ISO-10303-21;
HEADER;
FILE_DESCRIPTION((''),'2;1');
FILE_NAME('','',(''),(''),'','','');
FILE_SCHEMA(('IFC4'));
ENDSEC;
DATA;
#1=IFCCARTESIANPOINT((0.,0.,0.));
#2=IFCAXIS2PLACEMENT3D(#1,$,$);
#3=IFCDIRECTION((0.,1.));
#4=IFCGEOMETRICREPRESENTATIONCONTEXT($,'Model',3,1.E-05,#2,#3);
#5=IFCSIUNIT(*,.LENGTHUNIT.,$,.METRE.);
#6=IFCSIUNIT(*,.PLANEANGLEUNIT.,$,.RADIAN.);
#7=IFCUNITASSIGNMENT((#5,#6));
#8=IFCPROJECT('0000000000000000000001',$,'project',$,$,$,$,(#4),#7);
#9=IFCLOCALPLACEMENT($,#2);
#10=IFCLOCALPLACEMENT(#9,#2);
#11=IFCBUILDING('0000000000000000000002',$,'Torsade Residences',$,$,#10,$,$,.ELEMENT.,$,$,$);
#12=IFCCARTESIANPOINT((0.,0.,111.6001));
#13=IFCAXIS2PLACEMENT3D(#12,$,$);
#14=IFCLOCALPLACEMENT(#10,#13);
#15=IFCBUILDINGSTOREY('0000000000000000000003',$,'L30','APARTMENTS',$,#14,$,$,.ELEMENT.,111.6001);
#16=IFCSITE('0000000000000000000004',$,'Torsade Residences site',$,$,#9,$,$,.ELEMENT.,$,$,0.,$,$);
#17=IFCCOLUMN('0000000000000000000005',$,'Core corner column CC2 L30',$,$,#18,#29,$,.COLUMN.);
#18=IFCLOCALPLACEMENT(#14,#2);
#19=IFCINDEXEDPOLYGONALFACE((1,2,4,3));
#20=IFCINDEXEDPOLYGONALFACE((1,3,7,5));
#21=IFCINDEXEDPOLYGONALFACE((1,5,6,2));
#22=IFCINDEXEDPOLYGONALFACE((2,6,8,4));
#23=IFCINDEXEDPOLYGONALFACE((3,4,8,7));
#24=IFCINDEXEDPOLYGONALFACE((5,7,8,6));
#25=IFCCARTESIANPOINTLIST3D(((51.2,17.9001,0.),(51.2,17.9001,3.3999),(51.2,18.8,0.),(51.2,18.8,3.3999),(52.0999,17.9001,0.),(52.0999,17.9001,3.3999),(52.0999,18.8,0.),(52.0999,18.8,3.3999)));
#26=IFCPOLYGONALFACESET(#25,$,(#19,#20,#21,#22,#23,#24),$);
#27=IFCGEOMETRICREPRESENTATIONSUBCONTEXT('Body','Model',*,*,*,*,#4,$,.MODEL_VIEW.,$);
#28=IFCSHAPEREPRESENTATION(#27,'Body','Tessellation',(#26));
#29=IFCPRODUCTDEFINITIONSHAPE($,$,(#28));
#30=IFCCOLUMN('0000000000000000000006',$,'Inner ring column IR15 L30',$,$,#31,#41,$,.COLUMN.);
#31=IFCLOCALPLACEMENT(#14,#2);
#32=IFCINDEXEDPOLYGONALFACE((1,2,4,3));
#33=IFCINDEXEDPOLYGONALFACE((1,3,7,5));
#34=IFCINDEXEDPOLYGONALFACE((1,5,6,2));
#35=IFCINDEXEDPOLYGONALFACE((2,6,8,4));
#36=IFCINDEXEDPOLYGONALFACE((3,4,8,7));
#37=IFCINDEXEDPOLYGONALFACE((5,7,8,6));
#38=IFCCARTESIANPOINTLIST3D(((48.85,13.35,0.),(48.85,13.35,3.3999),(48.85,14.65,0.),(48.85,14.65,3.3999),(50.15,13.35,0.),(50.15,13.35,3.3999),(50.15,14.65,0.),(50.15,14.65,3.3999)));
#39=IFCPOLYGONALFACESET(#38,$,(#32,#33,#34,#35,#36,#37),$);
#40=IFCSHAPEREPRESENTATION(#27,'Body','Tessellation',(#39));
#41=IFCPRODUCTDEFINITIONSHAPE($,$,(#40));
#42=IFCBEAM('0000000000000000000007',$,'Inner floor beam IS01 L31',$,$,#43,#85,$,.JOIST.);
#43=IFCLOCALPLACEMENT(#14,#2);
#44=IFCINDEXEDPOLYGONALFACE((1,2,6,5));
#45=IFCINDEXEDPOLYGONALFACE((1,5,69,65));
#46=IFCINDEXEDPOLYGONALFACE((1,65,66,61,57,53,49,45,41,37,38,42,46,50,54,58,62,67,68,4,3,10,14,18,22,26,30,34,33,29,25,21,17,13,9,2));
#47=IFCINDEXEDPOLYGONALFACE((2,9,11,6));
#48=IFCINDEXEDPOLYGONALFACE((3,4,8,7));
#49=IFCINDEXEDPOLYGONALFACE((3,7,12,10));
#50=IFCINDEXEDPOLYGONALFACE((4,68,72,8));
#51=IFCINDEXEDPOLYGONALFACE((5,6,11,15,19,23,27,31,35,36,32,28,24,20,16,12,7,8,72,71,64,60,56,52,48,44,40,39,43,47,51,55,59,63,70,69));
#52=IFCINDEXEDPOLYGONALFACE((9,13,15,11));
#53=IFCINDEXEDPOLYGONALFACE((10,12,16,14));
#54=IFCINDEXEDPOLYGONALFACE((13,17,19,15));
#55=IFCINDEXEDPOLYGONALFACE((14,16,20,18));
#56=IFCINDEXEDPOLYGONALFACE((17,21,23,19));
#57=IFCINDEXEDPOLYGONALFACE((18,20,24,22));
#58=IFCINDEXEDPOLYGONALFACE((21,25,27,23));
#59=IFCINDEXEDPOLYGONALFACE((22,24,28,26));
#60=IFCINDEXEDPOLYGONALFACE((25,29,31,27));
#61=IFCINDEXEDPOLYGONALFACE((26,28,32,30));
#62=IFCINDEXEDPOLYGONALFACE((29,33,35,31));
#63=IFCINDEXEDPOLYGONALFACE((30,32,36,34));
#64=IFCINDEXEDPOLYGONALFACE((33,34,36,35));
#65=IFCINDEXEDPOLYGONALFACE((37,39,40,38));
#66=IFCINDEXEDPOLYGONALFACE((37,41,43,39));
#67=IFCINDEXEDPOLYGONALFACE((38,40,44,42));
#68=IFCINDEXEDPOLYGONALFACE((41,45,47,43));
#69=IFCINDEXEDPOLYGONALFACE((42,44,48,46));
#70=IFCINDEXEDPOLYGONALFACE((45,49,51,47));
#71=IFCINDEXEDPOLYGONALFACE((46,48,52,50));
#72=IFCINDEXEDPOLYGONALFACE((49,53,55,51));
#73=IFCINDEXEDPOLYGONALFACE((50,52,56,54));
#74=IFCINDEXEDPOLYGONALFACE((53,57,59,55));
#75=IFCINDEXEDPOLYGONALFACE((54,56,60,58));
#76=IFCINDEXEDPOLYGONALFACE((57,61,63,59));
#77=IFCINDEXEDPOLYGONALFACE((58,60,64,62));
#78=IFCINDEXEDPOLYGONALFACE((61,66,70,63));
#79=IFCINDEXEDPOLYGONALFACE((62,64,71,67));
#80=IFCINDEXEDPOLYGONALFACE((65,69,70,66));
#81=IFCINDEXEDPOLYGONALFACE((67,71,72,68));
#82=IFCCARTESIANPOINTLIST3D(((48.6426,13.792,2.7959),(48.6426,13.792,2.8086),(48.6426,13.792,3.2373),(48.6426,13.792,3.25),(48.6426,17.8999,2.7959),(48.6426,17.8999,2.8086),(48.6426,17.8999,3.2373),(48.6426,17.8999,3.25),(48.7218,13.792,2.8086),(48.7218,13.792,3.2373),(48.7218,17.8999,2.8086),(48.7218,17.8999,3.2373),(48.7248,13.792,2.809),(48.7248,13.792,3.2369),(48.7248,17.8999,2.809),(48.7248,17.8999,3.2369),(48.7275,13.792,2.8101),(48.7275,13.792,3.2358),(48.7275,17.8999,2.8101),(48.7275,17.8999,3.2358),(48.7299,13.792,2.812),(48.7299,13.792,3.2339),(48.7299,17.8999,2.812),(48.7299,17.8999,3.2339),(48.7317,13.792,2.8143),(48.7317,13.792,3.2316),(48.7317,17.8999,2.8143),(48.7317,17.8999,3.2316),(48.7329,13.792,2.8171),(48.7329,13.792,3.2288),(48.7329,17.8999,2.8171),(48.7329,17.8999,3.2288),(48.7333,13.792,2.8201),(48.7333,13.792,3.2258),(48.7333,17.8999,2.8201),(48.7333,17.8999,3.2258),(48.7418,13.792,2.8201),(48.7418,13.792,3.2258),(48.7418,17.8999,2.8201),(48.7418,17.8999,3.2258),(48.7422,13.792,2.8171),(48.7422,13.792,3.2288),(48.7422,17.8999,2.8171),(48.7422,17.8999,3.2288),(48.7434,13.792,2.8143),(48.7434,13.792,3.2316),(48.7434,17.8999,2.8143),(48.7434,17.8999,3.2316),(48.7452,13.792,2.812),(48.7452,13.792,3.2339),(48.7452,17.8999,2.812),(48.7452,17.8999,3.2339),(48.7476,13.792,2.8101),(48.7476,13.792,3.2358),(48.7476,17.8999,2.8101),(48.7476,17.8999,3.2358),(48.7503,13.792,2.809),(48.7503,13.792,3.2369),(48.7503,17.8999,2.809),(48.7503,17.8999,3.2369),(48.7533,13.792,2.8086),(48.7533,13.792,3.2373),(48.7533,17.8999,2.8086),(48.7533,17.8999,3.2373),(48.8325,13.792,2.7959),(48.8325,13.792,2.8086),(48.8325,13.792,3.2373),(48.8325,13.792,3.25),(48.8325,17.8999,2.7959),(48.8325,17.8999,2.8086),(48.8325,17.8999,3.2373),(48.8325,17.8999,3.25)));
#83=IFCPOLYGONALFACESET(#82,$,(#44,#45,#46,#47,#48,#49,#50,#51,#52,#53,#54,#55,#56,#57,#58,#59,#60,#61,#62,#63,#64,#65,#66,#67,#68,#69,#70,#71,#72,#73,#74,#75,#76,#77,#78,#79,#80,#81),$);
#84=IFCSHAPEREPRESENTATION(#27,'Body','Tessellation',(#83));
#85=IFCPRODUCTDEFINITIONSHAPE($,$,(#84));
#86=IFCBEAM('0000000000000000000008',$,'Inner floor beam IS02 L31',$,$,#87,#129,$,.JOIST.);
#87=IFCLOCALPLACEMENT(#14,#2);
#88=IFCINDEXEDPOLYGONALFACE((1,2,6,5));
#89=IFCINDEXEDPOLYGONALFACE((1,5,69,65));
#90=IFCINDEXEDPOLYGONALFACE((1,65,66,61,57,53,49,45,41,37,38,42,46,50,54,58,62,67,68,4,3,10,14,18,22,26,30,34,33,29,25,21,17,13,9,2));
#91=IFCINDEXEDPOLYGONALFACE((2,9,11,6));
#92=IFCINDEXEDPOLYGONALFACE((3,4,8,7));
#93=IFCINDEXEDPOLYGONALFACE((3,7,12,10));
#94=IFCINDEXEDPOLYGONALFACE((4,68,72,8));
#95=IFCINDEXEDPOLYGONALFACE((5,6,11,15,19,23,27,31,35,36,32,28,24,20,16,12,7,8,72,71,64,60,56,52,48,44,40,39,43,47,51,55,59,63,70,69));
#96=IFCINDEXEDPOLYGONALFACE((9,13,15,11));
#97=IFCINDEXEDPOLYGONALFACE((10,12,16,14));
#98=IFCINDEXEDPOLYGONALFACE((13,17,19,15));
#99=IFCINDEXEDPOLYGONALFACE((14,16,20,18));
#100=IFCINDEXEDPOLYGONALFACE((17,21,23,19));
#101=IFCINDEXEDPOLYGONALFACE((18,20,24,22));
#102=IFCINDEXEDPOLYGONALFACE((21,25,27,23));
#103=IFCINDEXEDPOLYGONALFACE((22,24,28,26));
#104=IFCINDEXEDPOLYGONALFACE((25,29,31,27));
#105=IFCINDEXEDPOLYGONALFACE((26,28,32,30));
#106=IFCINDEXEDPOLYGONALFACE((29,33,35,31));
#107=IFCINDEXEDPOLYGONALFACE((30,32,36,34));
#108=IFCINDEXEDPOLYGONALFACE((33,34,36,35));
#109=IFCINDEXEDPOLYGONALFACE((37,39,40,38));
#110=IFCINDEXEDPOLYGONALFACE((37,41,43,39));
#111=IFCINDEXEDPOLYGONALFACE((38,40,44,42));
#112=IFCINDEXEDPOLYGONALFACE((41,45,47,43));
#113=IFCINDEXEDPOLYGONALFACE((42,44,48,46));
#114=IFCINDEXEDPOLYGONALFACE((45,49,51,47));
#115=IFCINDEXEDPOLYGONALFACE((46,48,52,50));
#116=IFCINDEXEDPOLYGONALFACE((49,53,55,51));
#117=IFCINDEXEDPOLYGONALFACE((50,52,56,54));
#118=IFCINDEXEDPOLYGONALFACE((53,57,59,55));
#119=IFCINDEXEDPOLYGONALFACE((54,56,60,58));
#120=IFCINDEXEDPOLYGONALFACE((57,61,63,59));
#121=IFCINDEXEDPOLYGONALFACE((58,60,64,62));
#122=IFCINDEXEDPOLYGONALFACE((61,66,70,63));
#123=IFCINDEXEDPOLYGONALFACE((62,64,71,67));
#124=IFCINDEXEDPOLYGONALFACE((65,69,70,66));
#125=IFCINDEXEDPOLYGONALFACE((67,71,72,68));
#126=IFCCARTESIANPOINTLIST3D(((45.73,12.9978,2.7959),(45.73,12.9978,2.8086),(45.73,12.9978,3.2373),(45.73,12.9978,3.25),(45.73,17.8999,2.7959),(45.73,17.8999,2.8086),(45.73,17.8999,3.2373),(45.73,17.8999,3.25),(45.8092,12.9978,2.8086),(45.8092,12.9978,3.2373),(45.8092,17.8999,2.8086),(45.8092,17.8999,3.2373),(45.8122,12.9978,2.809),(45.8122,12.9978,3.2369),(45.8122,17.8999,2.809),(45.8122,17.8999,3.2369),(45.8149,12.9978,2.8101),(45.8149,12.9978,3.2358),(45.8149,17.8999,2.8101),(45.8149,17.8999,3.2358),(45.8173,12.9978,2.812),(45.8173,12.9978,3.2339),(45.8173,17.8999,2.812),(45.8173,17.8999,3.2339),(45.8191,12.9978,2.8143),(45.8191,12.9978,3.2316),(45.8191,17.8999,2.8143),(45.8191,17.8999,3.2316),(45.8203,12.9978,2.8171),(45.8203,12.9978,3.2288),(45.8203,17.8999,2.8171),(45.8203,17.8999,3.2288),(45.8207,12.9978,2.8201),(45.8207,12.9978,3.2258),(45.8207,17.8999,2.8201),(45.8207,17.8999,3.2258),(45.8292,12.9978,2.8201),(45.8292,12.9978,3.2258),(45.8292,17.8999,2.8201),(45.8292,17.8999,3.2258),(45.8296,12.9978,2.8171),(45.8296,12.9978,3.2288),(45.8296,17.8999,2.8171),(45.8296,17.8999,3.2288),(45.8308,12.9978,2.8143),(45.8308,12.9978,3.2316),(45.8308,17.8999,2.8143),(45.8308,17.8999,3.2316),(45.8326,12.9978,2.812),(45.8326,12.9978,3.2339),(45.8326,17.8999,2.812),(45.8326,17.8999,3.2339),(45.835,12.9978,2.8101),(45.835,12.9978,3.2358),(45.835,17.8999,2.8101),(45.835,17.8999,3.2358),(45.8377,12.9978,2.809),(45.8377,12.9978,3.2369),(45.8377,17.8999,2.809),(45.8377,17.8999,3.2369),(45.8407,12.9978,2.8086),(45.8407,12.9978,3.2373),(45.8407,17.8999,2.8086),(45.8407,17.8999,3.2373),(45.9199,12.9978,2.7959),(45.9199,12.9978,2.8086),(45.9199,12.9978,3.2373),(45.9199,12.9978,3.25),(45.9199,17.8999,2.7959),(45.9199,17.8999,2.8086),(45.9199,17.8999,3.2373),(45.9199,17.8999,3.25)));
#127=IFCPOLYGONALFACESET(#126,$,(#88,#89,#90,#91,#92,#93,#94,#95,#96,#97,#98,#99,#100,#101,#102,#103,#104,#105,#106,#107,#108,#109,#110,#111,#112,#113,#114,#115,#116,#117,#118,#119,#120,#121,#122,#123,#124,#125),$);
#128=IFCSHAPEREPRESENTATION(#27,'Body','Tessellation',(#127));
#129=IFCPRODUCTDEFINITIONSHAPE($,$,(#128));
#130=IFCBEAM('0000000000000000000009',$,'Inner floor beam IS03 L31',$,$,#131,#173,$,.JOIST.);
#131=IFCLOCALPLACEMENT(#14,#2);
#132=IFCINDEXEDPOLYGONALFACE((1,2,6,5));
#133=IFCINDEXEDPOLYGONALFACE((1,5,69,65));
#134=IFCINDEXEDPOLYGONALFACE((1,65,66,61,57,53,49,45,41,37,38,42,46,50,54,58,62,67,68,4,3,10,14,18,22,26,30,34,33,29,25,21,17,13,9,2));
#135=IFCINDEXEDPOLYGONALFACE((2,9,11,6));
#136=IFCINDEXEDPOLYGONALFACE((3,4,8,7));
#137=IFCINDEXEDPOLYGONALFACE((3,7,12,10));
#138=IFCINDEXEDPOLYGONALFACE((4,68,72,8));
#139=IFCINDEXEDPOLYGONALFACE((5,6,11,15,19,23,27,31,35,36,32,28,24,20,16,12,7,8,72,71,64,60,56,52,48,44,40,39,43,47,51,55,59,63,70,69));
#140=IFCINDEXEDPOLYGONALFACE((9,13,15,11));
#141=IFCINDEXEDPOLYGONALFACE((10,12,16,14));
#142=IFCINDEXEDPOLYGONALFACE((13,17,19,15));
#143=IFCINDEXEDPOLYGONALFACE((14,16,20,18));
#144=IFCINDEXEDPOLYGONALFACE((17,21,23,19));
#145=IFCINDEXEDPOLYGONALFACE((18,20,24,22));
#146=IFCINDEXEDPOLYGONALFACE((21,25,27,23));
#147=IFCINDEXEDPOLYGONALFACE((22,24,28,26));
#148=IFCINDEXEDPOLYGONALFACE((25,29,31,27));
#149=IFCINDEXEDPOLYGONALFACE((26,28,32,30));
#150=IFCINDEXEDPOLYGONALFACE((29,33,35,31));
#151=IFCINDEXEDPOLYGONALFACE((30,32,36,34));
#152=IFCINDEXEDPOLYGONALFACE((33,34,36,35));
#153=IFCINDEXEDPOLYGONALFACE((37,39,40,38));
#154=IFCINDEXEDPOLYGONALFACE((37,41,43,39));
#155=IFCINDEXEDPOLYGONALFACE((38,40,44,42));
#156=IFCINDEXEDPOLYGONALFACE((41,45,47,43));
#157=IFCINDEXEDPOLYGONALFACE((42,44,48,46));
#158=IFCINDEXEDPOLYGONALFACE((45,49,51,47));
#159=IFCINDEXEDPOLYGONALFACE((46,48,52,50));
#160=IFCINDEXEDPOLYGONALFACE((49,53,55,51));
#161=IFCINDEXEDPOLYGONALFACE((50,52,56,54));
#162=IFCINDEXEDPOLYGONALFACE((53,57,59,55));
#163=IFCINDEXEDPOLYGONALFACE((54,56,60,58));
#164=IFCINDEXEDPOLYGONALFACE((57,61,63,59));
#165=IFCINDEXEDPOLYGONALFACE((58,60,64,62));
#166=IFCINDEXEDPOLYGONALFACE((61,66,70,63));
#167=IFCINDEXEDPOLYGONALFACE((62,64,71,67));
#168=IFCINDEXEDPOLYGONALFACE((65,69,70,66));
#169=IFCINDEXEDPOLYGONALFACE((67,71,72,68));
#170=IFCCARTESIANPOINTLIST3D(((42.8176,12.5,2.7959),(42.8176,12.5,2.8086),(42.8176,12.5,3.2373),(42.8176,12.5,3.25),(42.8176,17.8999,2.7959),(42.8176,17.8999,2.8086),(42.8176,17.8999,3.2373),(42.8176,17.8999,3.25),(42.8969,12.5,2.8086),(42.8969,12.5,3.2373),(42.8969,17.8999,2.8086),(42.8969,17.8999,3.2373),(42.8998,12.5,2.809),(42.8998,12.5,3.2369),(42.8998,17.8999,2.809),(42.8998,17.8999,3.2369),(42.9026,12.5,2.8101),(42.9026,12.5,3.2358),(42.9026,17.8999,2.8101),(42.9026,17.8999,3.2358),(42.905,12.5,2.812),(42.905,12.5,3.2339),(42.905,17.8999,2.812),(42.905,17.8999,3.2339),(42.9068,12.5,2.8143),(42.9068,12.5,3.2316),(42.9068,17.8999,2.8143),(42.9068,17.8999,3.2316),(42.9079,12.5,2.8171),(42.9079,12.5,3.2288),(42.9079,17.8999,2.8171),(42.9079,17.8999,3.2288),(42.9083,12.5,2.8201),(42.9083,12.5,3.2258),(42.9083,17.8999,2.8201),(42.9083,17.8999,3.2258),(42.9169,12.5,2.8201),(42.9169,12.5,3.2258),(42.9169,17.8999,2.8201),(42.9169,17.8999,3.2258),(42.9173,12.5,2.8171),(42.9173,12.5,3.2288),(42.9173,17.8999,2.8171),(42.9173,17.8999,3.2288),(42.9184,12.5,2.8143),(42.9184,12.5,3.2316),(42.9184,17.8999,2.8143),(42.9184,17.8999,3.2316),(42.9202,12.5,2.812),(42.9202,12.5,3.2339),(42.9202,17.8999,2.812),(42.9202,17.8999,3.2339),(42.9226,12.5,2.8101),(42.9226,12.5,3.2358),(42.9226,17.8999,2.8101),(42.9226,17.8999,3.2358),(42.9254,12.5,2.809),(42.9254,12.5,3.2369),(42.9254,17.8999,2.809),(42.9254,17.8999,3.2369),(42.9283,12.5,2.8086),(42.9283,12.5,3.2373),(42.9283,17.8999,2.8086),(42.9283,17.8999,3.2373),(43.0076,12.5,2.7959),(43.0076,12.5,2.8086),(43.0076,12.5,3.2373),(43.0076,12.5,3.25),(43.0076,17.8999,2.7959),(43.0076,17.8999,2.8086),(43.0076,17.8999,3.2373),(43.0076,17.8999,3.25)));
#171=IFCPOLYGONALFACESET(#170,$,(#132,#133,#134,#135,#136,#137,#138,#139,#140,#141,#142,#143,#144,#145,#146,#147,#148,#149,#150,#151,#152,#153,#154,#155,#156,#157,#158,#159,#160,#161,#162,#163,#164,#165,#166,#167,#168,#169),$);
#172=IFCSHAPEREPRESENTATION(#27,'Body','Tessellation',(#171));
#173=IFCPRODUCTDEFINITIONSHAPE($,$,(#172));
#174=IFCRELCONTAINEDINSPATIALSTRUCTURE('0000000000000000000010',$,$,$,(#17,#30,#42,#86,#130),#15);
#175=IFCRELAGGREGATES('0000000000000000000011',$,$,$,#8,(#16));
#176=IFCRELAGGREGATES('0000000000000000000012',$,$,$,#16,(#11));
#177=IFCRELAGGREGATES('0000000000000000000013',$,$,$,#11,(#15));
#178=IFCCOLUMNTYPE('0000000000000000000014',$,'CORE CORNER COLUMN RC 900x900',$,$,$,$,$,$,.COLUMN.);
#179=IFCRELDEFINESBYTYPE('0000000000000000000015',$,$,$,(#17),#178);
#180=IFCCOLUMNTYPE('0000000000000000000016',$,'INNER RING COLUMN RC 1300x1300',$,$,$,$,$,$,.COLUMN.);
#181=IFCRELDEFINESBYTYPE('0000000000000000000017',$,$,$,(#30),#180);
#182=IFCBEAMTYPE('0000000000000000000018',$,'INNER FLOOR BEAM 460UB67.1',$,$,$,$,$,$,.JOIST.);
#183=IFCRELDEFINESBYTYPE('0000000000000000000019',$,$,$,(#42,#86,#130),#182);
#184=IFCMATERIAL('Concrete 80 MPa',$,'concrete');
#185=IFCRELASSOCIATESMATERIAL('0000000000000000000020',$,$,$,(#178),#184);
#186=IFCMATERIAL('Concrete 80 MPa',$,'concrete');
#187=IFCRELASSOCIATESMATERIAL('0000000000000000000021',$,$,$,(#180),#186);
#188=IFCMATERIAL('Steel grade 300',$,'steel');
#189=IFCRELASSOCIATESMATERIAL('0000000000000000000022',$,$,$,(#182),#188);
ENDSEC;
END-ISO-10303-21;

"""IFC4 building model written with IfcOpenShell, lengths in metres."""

from ifc_helpers import new_model, si_unit, direction, frame, origin, origin_2d, place, context, subcontext, project, spatial, rectangle, i_section, extrude, material, material_profile, profile_set, type_object, element, save


model = new_model("IFC4")

# Units and contexts
model_context = context("Model", 3, precision=1e-05, world=origin(), true_north=direction((0.0, 1.0)))
body_context = subcontext(model_context, "Body", "Model", "MODEL_VIEW")
ifc_project = project(units=[si_unit("LENGTHUNIT", "METRE"), si_unit("PLANEANGLEUNIT", "RADIAN")], contexts=[model_context])

# Site, building, storey
site_placement = place(None, origin())
site = spatial("IfcSite", under=ifc_project, at=site_placement, Name="Torsade Residences site", CompositionType="ELEMENT", RefElevation=0.0)
building_placement = place(site_placement, origin())
building = spatial("IfcBuilding", under=site, at=building_placement, Name="Torsade Residences", CompositionType="ELEMENT")
storey_placement = place(building_placement, frame((0.0, 0.0, 111.6001)))
storey = spatial("IfcBuildingStorey", under=building, at=storey_placement, Name="L30", Description="APARTMENTS", CompositionType="ELEMENT", Elevation=111.6001)

# Columns
ifc_material_1 = material(Name="Concrete 80 MPa", Category="concrete")
ifc_material_profile_1 = material_profile(ifc_material_1, rectangle(XDim=0.8999, YDim=0.8999, at=origin_2d()), Name="RC 900x900")
ifc_profile_set_1 = profile_set([ifc_material_profile_1], Name="Concrete 80 MPa")
column_type_1 = type_object("IfcColumnType", Name="CORE CORNER COLUMN RC 900x900", PredefinedType="COLUMN", material=ifc_profile_set_1)
column_1_placement = place(storey_placement, frame((51.6499, 18.3501, 0.0), z_axis=(0.0, 0.0, 1.0), x_axis=(1.0, 0.0, 0.0)))
element("IfcColumn", 1, at=column_1_placement, inside=storey, type_object=column_type_1, Name="Core corner column CC2 L30", PredefinedType="COLUMN", context=body_context, shape_type="SweptSolid", body=[
    extrude(rectangle(XDim=0.8999, YDim=0.8999, at=origin_2d()), origin(), (0.0, 0.0, 1.0), 3.3999),
])
ifc_material_2 = material(Name="Concrete 80 MPa", Category="concrete")
ifc_material_profile_2 = material_profile(ifc_material_2, rectangle(XDim=1.3, YDim=1.3, at=origin_2d()), Name="RC 1300x1300")
ifc_profile_set_2 = profile_set([ifc_material_profile_2], Name="Concrete 80 MPa")
column_type_2 = type_object("IfcColumnType", Name="INNER RING COLUMN RC 1300x1300", PredefinedType="COLUMN", material=ifc_profile_set_2)
column_2_placement = place(storey_placement, frame((49.5, 14.0, 0.0), z_axis=(0.0, 0.0, 1.0), x_axis=(1.0, 0.0, 0.0)))
element("IfcColumn", 2, at=column_2_placement, inside=storey, type_object=column_type_2, Name="Inner ring column IR15 L30", PredefinedType="COLUMN", context=body_context, shape_type="SweptSolid", body=[
    extrude(rectangle(XDim=1.3, YDim=1.3, at=origin_2d()), origin(), (0.0, 0.0, 1.0), 3.3999),
])

# Beams
ifc_material_3 = material(Name="Steel grade 300", Category="steel")
ifc_material_profile_3 = material_profile(ifc_material_3, i_section(OverallWidth=0.1899, OverallDepth=0.4541, WebThickness=0.0085, FlangeThickness=0.0127, FilletRadius=0.0115, at=origin_2d()), Name="460UB67.1")
ifc_profile_set_3 = profile_set([ifc_material_profile_3], Name="Steel grade 300")
beam_type_1 = type_object("IfcBeamType", Name="INNER FLOOR BEAM 460UB67.1", PredefinedType="JOIST", material=ifc_profile_set_3)
beam_1_placement = place(storey_placement, frame((48.7375, 17.8999, 3.0229), z_axis=(0.0, -1.0, 0.0), x_axis=(1.0, 0.0, 0.0)))
element("IfcBeam", 3, at=beam_1_placement, inside=storey, type_object=beam_type_1, Name="Inner floor beam IS01 L31", PredefinedType="JOIST", context=body_context, shape_type="SweptSolid", body=[
    extrude(i_section(OverallWidth=0.1899, OverallDepth=0.4541, WebThickness=0.0085, FlangeThickness=0.0127, FilletRadius=0.0115, at=origin_2d()), origin(), (0.0, 0.0, 1.0), 4.1079),
])
beam_2_placement = place(storey_placement, frame((45.825, 17.8999, 3.0229), z_axis=(0.0, -1.0, 0.0), x_axis=(1.0, 0.0, 0.0)))
element("IfcBeam", 4, at=beam_2_placement, inside=storey, type_object=beam_type_1, Name="Inner floor beam IS02 L31", PredefinedType="JOIST", context=body_context, shape_type="SweptSolid", body=[
    extrude(i_section(OverallWidth=0.1899, OverallDepth=0.4541, WebThickness=0.0085, FlangeThickness=0.0127, FilletRadius=0.0115, at=origin_2d()), origin(), (0.0, 0.0, 1.0), 4.9021),
])
for number, where, z_axis, x_axis, name in (
    (5, (42.9126, 17.8999, 3.0229), (0.0, -1.0, 0.0), (1.0, 0.0, 0.0), "Inner floor beam IS03 L31"),
):
    element("IfcBeam", number, at=place(storey_placement, frame(where, z_axis=z_axis, x_axis=x_axis)), inside=storey, type_object=beam_type_1, Name=name, PredefinedType="JOIST", context=body_context, shape_type="SweptSolid", body=[
        extrude(i_section(OverallWidth=0.1899, OverallDepth=0.4541, WebThickness=0.0085, FlangeThickness=0.0127, FilletRadius=0.0115, at=origin_2d()), origin(), (0.0, 0.0, 1.0), 5.3999),
    ])

save(model, "model.ifc")
